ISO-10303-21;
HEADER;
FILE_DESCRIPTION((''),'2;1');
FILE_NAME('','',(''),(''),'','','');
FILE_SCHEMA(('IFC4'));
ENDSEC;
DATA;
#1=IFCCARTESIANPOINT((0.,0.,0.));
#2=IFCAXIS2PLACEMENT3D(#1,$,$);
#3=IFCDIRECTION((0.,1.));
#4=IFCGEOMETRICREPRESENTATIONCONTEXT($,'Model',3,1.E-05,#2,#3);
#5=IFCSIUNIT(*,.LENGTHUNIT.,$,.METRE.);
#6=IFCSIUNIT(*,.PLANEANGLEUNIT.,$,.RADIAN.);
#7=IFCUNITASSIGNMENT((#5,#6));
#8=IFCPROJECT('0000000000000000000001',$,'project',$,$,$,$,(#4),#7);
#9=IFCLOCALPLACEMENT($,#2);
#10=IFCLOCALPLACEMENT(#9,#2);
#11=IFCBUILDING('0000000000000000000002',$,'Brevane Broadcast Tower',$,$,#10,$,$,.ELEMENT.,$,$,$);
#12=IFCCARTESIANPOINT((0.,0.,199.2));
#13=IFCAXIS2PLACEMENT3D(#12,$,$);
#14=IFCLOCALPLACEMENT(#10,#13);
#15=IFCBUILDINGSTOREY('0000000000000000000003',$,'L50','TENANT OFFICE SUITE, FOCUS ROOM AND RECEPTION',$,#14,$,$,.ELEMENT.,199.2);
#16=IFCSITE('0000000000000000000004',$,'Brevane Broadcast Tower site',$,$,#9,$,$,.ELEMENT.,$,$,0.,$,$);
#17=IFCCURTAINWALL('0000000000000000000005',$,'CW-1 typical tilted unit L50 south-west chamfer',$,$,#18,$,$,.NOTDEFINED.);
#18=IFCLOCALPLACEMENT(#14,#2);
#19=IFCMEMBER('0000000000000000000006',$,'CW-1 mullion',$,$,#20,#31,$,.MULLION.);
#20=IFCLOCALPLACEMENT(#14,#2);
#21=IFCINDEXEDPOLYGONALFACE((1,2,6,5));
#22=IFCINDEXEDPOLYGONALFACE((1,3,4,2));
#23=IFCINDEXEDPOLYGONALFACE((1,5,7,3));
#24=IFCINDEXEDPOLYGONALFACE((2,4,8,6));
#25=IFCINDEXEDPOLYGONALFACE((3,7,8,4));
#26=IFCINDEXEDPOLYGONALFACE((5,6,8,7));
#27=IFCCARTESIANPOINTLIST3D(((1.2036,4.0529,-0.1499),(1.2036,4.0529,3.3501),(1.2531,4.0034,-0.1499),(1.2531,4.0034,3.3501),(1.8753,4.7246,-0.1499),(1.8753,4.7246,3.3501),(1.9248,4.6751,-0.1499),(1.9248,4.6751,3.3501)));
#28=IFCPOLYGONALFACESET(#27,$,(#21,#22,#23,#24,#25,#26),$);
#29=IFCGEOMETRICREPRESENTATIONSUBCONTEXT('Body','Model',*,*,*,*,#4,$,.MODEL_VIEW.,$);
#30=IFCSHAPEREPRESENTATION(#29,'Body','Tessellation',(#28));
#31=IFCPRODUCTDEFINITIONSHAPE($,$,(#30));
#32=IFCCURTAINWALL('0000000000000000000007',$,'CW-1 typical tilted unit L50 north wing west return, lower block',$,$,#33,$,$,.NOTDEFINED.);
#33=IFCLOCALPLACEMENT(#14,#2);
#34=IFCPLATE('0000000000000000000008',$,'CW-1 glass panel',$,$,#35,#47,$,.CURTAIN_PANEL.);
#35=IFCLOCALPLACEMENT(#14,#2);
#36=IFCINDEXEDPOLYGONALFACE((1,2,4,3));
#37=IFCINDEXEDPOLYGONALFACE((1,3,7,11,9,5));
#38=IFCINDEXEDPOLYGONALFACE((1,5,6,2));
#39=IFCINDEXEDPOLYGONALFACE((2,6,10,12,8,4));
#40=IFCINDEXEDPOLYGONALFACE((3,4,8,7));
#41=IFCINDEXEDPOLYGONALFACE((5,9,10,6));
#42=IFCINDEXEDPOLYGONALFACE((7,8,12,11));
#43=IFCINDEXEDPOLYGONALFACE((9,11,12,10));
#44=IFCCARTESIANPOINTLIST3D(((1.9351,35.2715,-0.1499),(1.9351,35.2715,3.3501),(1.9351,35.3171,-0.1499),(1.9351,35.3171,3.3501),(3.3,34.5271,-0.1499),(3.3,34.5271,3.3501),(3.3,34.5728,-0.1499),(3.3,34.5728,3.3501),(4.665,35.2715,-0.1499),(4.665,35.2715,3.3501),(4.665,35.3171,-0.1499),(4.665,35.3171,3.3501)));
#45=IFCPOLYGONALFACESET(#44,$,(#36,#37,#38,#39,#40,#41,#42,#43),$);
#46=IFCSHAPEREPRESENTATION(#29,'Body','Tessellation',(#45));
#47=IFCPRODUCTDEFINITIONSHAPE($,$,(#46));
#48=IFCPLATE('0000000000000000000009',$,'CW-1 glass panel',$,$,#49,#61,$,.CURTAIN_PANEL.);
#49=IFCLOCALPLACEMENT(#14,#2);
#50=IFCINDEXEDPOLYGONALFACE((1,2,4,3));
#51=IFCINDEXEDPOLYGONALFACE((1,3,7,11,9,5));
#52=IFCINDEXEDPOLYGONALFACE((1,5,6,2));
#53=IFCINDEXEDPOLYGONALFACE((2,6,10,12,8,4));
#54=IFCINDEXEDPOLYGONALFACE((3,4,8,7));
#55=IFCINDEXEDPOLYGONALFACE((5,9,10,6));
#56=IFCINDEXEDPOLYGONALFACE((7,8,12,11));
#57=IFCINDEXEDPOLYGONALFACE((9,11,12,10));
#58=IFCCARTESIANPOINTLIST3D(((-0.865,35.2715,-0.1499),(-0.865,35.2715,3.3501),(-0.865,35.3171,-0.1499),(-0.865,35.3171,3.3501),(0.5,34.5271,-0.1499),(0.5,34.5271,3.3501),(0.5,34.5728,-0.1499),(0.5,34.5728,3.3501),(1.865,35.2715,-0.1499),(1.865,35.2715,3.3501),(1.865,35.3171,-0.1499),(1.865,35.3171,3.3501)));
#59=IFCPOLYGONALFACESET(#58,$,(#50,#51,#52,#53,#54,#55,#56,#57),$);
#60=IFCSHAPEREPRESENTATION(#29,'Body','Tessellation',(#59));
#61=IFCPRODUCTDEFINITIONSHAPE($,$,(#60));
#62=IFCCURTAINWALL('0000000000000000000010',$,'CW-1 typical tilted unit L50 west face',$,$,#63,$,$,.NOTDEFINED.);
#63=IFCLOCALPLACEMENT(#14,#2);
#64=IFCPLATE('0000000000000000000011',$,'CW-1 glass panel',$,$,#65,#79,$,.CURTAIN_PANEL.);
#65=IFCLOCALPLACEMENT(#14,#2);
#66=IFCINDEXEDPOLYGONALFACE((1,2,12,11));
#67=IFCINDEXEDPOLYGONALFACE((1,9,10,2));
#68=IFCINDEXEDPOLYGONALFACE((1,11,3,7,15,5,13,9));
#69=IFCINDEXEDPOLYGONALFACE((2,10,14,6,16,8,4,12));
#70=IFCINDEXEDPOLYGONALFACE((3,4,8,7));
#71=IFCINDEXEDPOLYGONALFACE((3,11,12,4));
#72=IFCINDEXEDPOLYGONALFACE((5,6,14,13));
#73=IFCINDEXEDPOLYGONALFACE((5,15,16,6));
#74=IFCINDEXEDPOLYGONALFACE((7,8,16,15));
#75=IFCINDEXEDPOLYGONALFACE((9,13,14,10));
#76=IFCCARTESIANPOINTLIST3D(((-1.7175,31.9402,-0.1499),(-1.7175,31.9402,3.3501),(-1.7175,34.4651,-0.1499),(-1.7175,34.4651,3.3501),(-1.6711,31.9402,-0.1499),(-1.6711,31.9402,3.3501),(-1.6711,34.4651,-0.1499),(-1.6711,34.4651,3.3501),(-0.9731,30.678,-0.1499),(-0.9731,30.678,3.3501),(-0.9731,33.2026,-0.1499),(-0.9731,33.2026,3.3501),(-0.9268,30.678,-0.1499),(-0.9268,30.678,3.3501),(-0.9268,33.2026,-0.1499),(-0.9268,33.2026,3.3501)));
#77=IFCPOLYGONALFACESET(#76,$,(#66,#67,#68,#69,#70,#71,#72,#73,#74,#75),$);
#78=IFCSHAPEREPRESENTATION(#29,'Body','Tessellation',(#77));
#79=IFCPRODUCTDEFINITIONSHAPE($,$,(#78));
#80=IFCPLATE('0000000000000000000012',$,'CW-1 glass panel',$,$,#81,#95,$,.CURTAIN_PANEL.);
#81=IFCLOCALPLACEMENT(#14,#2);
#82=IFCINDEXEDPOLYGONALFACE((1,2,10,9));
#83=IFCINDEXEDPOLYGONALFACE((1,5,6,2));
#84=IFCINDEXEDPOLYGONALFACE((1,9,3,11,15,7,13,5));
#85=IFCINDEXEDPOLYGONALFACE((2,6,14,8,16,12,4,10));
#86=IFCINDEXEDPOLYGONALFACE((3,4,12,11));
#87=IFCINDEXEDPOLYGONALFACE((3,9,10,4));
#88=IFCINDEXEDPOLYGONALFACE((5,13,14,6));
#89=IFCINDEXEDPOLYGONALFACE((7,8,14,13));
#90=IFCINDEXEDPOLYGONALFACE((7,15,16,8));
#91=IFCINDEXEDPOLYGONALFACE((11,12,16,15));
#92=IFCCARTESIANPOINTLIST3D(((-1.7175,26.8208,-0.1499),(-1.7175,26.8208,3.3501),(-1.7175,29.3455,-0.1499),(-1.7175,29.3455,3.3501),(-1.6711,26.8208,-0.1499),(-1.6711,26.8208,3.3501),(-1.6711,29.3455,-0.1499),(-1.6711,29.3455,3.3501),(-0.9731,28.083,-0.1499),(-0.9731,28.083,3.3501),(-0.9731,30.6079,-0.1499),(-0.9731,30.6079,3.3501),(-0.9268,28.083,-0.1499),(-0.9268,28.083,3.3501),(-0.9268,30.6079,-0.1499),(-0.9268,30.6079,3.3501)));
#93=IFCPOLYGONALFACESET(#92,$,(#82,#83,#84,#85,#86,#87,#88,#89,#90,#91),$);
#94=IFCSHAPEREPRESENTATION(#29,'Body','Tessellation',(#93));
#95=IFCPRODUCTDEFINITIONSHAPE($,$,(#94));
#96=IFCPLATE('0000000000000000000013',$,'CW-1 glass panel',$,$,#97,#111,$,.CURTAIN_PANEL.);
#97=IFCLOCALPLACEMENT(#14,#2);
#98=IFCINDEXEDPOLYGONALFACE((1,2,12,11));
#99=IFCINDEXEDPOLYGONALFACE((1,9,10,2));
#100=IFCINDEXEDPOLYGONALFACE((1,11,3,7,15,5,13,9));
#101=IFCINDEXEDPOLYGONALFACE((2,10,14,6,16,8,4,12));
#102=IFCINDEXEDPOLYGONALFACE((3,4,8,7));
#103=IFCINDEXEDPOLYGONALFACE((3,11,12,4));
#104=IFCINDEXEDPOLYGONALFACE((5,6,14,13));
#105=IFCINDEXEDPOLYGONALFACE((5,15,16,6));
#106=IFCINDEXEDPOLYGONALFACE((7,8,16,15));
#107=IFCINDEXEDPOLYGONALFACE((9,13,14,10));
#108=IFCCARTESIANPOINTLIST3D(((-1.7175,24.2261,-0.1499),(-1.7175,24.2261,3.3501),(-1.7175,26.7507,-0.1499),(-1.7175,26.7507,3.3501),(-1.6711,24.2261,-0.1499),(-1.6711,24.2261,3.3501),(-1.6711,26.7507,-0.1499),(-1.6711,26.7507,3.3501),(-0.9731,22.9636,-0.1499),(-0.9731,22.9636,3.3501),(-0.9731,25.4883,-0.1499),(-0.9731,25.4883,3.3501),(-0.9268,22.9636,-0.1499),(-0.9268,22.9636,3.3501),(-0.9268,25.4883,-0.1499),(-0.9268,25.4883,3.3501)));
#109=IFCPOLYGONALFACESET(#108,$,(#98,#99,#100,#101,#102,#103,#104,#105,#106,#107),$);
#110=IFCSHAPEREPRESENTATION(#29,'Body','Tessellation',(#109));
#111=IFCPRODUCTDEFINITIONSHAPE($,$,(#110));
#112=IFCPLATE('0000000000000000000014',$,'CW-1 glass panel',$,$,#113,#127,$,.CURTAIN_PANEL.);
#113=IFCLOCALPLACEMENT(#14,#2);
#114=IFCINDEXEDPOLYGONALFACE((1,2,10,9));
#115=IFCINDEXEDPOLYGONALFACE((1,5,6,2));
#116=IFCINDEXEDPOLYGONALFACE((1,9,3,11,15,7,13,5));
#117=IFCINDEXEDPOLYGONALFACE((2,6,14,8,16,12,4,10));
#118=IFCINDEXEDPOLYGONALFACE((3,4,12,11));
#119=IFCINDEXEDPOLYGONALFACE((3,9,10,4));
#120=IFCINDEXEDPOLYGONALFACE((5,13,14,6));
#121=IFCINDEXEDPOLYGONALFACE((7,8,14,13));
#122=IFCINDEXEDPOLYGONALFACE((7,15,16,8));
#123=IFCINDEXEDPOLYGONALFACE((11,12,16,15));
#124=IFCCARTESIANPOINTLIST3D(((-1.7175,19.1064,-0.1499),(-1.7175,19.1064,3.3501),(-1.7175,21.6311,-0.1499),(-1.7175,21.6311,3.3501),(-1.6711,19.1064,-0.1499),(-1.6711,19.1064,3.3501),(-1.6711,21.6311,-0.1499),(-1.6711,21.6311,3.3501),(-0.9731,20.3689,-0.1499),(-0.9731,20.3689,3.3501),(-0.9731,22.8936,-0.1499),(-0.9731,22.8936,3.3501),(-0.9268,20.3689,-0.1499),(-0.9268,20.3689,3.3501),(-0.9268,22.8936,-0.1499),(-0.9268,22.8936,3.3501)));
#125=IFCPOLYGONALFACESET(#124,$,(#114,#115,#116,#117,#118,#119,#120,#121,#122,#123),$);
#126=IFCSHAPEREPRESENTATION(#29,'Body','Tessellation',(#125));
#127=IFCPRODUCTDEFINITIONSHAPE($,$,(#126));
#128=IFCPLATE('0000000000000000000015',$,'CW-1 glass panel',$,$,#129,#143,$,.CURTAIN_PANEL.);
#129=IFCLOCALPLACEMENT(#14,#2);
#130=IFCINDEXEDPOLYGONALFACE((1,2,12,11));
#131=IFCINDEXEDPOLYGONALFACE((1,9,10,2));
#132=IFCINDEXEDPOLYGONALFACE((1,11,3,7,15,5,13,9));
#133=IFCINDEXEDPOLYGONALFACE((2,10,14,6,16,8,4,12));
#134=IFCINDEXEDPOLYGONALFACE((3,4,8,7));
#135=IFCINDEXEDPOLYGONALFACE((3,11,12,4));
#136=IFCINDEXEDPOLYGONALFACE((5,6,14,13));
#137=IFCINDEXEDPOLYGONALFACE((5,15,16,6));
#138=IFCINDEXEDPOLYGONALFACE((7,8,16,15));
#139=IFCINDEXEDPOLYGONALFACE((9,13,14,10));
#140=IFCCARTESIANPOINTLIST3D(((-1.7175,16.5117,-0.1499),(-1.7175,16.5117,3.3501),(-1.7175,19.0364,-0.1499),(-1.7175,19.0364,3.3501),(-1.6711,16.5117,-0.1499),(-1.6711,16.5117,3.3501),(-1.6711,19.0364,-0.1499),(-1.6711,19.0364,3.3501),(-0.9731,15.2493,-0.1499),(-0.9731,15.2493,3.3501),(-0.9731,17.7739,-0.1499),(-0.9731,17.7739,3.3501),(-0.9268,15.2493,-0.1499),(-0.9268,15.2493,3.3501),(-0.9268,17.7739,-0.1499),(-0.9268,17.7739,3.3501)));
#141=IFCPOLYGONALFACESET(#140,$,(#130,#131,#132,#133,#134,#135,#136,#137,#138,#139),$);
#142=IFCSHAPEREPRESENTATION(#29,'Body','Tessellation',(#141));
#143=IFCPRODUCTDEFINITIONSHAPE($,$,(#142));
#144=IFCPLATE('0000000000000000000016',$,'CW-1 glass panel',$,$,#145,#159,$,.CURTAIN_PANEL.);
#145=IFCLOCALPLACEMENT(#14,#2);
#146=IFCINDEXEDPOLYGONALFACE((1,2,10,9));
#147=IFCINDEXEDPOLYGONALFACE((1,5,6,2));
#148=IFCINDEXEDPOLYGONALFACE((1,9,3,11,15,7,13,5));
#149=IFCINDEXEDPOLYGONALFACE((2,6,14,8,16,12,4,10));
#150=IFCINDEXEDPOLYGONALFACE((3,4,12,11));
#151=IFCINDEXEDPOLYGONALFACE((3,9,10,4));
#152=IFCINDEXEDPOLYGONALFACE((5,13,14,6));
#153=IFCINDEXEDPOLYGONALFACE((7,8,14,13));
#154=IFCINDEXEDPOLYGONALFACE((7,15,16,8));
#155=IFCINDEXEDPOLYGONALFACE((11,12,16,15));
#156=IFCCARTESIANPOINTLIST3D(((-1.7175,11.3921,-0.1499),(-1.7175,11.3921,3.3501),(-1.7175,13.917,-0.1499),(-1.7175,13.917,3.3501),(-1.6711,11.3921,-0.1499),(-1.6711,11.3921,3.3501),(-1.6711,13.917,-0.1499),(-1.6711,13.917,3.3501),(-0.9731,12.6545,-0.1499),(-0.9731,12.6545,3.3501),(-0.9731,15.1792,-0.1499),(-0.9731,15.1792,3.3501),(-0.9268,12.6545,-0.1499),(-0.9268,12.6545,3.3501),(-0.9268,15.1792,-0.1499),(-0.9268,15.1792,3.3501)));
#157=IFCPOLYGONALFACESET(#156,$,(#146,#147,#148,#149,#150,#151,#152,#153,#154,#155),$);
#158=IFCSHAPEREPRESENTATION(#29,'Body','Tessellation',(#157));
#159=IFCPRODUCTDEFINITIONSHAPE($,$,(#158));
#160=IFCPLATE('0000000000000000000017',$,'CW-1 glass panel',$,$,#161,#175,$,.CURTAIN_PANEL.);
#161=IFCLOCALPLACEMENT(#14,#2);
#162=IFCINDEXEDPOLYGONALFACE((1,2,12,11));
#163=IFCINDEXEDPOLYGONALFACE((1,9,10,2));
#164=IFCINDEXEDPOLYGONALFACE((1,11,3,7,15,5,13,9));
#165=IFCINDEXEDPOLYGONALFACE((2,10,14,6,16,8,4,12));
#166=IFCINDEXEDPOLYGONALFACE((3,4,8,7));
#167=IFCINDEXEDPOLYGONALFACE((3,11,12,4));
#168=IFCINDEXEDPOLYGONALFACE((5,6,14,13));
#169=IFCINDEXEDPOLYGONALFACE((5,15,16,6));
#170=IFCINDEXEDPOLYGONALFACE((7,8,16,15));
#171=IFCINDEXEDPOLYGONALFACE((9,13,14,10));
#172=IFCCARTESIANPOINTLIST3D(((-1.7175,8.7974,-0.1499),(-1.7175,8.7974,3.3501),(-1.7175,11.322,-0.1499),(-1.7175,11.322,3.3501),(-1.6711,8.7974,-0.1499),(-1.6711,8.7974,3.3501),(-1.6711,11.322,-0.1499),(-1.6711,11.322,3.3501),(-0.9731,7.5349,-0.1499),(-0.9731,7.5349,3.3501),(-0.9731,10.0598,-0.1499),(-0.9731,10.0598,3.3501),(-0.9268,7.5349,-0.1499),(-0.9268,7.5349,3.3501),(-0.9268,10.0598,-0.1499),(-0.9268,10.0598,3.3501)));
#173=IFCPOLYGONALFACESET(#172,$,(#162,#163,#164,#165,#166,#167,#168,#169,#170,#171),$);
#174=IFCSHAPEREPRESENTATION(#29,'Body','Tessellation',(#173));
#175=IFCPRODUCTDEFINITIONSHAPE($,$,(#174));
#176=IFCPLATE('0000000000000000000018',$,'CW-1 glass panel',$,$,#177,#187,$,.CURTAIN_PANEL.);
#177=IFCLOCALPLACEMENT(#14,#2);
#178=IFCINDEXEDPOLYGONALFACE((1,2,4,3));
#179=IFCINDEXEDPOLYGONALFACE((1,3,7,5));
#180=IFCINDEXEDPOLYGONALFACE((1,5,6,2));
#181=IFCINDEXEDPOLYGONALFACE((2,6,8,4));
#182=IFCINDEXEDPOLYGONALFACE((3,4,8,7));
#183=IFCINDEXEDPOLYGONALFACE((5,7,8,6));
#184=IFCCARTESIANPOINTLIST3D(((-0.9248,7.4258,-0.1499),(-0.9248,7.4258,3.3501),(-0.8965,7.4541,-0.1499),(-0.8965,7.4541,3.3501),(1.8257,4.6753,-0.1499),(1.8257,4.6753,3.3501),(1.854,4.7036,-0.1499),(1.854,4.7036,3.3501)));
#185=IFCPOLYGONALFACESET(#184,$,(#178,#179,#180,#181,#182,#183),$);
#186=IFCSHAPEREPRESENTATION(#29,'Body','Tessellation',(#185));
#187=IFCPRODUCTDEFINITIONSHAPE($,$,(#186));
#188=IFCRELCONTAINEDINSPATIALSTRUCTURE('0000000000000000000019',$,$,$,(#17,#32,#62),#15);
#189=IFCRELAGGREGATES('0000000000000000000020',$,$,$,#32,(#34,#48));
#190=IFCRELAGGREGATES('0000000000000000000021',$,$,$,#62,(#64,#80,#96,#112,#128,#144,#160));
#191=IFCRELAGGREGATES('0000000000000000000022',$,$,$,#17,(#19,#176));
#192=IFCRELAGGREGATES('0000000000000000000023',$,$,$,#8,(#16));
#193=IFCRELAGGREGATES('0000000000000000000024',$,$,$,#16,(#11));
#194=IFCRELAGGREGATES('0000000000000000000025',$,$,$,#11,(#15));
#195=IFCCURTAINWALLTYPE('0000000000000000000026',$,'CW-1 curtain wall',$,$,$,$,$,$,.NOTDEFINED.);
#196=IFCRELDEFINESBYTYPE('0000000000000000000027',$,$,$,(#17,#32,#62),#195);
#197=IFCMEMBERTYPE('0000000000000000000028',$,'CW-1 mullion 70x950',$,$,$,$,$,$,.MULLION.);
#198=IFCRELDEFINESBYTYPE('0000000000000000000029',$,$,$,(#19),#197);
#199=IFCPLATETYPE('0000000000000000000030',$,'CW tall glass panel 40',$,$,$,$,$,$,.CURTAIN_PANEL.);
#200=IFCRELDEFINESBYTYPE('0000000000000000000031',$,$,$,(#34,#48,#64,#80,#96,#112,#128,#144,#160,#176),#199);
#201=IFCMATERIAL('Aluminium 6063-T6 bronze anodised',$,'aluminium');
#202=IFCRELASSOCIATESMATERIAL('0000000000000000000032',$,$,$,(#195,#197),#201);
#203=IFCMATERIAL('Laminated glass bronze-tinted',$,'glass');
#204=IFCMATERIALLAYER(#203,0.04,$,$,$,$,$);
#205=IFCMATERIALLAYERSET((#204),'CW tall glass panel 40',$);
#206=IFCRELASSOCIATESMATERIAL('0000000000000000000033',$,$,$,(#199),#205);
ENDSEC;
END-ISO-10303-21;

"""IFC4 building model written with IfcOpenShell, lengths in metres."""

from ifc_helpers import new_model, si_unit, direction, frame, origin, origin_2d, place, context, subcontext, project, spatial, polyline, rectangle, outline, extrude, material, layer, layer_set, material_profile, profile_set, type_object, element, aggregate, save


model = new_model("IFC4")

# Units and contexts
model_context = context("Model", 3, precision=1e-05, world=origin(), true_north=direction((0.0, 1.0)))
body_context = subcontext(model_context, "Body", "Model", "MODEL_VIEW")
ifc_project = project(units=[si_unit("LENGTHUNIT", "METRE"), si_unit("PLANEANGLEUNIT", "RADIAN")], contexts=[model_context])

# Site, building, storey
site_placement = place(None, origin())
site = spatial("IfcSite", under=ifc_project, at=site_placement, Name="Brevane Broadcast Tower site", CompositionType="ELEMENT", RefElevation=0.0)
building_placement = place(site_placement, origin())
building = spatial("IfcBuilding", under=site, at=building_placement, Name="Brevane Broadcast Tower", CompositionType="ELEMENT")
storey_placement = place(building_placement, frame((0.0, 0.0, 199.2)))
storey = spatial("IfcBuildingStorey", under=building, at=storey_placement, Name="L50", Description="TENANT OFFICE SUITE, FOCUS ROOM AND RECEPTION", CompositionType="ELEMENT", Elevation=199.2)

# Curtain wall, member
ifc_material_1 = material(Name="Aluminium 6063-T6 bronze anodised", Category="aluminium")
curtain_wall_type = type_object("IfcCurtainWallType", Name="CW-1 curtain wall", PredefinedType="NOTDEFINED", material=ifc_material_1)
curtain_wall_1_placement = place(storey_placement, origin())
curtain_wall_1 = element("IfcCurtainWall", 1, at=curtain_wall_1_placement, inside=storey, type_object=curtain_wall_type, Name="CW-1 typical tilted unit L50 south-west chamfer", PredefinedType="NOTDEFINED")
ifc_material_profile = material_profile(ifc_material_1, rectangle(XDim=0.95, YDim=0.0701, at=origin_2d()), Name="RECT 70x950")
ifc_profile_set = profile_set([ifc_material_profile], Name="Aluminium 6063-T6 bronze anodised")
member_type = type_object("IfcMemberType", Name="CW-1 mullion 70x950", PredefinedType="MULLION", material=ifc_profile_set)
member_placement = place(storey_placement, frame((1.5642, 4.364, -0.1499), z_axis=(0.0, 0.0, 1.0), x_axis=(0.707107, 0.707107, 0.0)))
member = element("IfcMember", 2, at=member_placement, type_object=member_type, Name="CW-1 mullion", PredefinedType="MULLION", context=body_context, shape_type="SweptSolid", body=[
    extrude(rectangle(XDim=0.95, YDim=0.0701, at=origin_2d()), origin(), (0.0, 0.0, 1.0), 3.5),
])

# Curtain walls, plates
curtain_wall_2_placement = place(storey_placement, origin())
curtain_wall_2 = element("IfcCurtainWall", 3, at=curtain_wall_2_placement, inside=storey, type_object=curtain_wall_type, Name="CW-1 typical tilted unit L50 north wing west return, lower block", PredefinedType="NOTDEFINED")
ifc_material_2 = material(Name="Laminated glass bronze-tinted", Category="glass")
ifc_layer_1 = layer(ifc_material_2, 0.04)
ifc_layer_set_1 = layer_set([ifc_layer_1], Name="CW tall glass panel 40")
plate_type = type_object("IfcPlateType", Name="CW tall glass panel 40", PredefinedType="CURTAIN_PANEL", material=ifc_layer_set_1)
plate_1_placement = place(storey_placement, frame((0.0, 0.0, -0.1499)))
plate_1 = element("IfcPlate", 4, at=plate_1_placement, type_object=plate_type, Name="CW-1 glass panel", PredefinedType="CURTAIN_PANEL", context=body_context, shape_type="SweptSolid", body=[
    extrude(outline(polyline([(4.665, 35.2715), (4.665, 35.3171), (3.3, 34.5728), (1.9351, 35.3171), (1.9351, 35.2715), (3.3, 34.5271), (4.665, 35.2715)])), origin(), (0.0, 0.0, 1.0), 3.5),
])
plate_2_placement = place(storey_placement, frame((0.0, 0.0, -0.1499)))
plate_2 = element("IfcPlate", 5, at=plate_2_placement, type_object=plate_type, Name="CW-1 glass panel", PredefinedType="CURTAIN_PANEL", context=body_context, shape_type="SweptSolid", body=[
    extrude(outline(polyline([(1.865, 35.2715), (1.865, 35.3171), (0.5, 34.5728), (-0.865, 35.3171), (-0.865, 35.2715), (0.5, 34.5271), (1.865, 35.2715)])), origin(), (0.0, 0.0, 1.0), 3.5),
])
aggregate(curtain_wall_2, [plate_1, plate_2])
curtain_wall_3_placement = place(storey_placement, origin())
curtain_wall_3 = element("IfcCurtainWall", 6, at=curtain_wall_3_placement, inside=storey, type_object=curtain_wall_type, Name="CW-1 typical tilted unit L50 west face", PredefinedType="NOTDEFINED")
plate_3_placement = place(storey_placement, frame((0.0, 0.0, -0.1499)))
plate_3 = element("IfcPlate", 7, at=plate_3_placement, type_object=plate_type, Name="CW-1 glass panel", PredefinedType="CURTAIN_PANEL", context=body_context, shape_type="SweptSolid", body=[
    extrude(outline(polyline([(-1.6711, 34.4651), (-1.7175, 34.4651), (-0.9731, 33.2026), (-1.7175, 31.9402), (-0.9731, 30.678), (-0.9268, 30.678), (-1.6711, 31.9402), (-0.9268, 33.2026), (-1.6711, 34.4651)])), origin(), (0.0, 0.0, 1.0), 3.5),
])
plate_4_placement = place(storey_placement, frame((0.0, 0.0, -0.1499)))
plate_4 = element("IfcPlate", 8, at=plate_4_placement, type_object=plate_type, Name="CW-1 glass panel", PredefinedType="CURTAIN_PANEL", context=body_context, shape_type="SweptSolid", body=[
    extrude(outline(polyline([(-0.9268, 30.6079), (-0.9731, 30.6079), (-1.7175, 29.3455), (-0.9731, 28.083), (-1.7175, 26.8208), (-1.6711, 26.8208), (-0.9268, 28.083), (-1.6711, 29.3455), (-0.9268, 30.6079)])), origin(), (0.0, 0.0, 1.0), 3.5),
])
plate_5_placement = place(storey_placement, frame((0.0, 0.0, -0.1499)))
plate_5 = element("IfcPlate", 9, at=plate_5_placement, type_object=plate_type, Name="CW-1 glass panel", PredefinedType="CURTAIN_PANEL", context=body_context, shape_type="SweptSolid", body=[
    extrude(outline(polyline([(-1.6711, 26.7507), (-1.7175, 26.7507), (-0.9731, 25.4883), (-1.7175, 24.2261), (-0.9731, 22.9636), (-0.9268, 22.9636), (-1.6711, 24.2261), (-0.9268, 25.4883), (-1.6711, 26.7507)])), origin(), (0.0, 0.0, 1.0), 3.5),
])
plate_6_placement = place(storey_placement, frame((0.0, 0.0, -0.1499)))
plate_6 = element("IfcPlate", 10, at=plate_6_placement, type_object=plate_type, Name="CW-1 glass panel", PredefinedType="CURTAIN_PANEL", context=body_context, shape_type="SweptSolid", body=[
    extrude(outline(polyline([(-0.9268, 22.8936), (-0.9731, 22.8936), (-1.7175, 21.6311), (-0.9731, 20.3689), (-1.7175, 19.1064), (-1.6711, 19.1064), (-0.9268, 20.3689), (-1.6711, 21.6311), (-0.9268, 22.8936)])), origin(), (0.0, 0.0, 1.0), 3.5),
])
plate_7_placement = place(storey_placement, frame((0.0, 0.0, -0.1499)))
plate_7 = element("IfcPlate", 11, at=plate_7_placement, type_object=plate_type, Name="CW-1 glass panel", PredefinedType="CURTAIN_PANEL", context=body_context, shape_type="SweptSolid", body=[
    extrude(outline(polyline([(-1.6711, 19.0364), (-1.7175, 19.0364), (-0.9731, 17.7739), (-1.7175, 16.5117), (-0.9731, 15.2493), (-0.9268, 15.2493), (-1.6711, 16.5117), (-0.9268, 17.7739), (-1.6711, 19.0364)])), origin(), (0.0, 0.0, 1.0), 3.5),
])
plate_8_placement = place(storey_placement, frame((0.0, 0.0, -0.1499)))
plate_8 = element("IfcPlate", 12, at=plate_8_placement, type_object=plate_type, Name="CW-1 glass panel", PredefinedType="CURTAIN_PANEL", context=body_context, shape_type="SweptSolid", body=[
    extrude(outline(polyline([(-0.9268, 15.1792), (-0.9731, 15.1792), (-1.7175, 13.917), (-0.9731, 12.6545), (-1.7175, 11.3921), (-1.6711, 11.3921), (-0.9268, 12.6545), (-1.6711, 13.917), (-0.9268, 15.1792)])), origin(), (0.0, 0.0, 1.0), 3.5),
])
plate_9_placement = place(storey_placement, frame((0.0, 0.0, -0.1499)))
plate_9 = element("IfcPlate", 13, at=plate_9_placement, type_object=plate_type, Name="CW-1 glass panel", PredefinedType="CURTAIN_PANEL", context=body_context, shape_type="SweptSolid", body=[
    extrude(outline(polyline([(-1.6711, 11.322), (-1.7175, 11.322), (-0.9731, 10.0598), (-1.7175, 8.7974), (-0.9731, 7.5349), (-0.9268, 7.5349), (-1.6711, 8.7974), (-0.9268, 10.0598), (-1.6711, 11.322)])), origin(), (0.0, 0.0, 1.0), 3.5),
])
aggregate(curtain_wall_3, [plate_3, plate_4, plate_5, plate_6, plate_7, plate_8, plate_9])

# Plate
plate_10_placement = place(storey_placement, frame((0.0, 0.0, -0.1499)))
plate_10 = element("IfcPlate", 14, at=plate_10_placement, type_object=plate_type, Name="CW-1 glass panel", PredefinedType="CURTAIN_PANEL", context=body_context, shape_type="SweptSolid", body=[
    extrude(outline(polyline([(-0.8965, 7.4541), (1.854, 4.7036), (1.8257, 4.6753), (-0.9248, 7.4258), (-0.8965, 7.4541)])), origin(), (0.0, 0.0, 1.0), 3.5),
])
aggregate(curtain_wall_1, [member, plate_10])

save(model, "model.ifc")
